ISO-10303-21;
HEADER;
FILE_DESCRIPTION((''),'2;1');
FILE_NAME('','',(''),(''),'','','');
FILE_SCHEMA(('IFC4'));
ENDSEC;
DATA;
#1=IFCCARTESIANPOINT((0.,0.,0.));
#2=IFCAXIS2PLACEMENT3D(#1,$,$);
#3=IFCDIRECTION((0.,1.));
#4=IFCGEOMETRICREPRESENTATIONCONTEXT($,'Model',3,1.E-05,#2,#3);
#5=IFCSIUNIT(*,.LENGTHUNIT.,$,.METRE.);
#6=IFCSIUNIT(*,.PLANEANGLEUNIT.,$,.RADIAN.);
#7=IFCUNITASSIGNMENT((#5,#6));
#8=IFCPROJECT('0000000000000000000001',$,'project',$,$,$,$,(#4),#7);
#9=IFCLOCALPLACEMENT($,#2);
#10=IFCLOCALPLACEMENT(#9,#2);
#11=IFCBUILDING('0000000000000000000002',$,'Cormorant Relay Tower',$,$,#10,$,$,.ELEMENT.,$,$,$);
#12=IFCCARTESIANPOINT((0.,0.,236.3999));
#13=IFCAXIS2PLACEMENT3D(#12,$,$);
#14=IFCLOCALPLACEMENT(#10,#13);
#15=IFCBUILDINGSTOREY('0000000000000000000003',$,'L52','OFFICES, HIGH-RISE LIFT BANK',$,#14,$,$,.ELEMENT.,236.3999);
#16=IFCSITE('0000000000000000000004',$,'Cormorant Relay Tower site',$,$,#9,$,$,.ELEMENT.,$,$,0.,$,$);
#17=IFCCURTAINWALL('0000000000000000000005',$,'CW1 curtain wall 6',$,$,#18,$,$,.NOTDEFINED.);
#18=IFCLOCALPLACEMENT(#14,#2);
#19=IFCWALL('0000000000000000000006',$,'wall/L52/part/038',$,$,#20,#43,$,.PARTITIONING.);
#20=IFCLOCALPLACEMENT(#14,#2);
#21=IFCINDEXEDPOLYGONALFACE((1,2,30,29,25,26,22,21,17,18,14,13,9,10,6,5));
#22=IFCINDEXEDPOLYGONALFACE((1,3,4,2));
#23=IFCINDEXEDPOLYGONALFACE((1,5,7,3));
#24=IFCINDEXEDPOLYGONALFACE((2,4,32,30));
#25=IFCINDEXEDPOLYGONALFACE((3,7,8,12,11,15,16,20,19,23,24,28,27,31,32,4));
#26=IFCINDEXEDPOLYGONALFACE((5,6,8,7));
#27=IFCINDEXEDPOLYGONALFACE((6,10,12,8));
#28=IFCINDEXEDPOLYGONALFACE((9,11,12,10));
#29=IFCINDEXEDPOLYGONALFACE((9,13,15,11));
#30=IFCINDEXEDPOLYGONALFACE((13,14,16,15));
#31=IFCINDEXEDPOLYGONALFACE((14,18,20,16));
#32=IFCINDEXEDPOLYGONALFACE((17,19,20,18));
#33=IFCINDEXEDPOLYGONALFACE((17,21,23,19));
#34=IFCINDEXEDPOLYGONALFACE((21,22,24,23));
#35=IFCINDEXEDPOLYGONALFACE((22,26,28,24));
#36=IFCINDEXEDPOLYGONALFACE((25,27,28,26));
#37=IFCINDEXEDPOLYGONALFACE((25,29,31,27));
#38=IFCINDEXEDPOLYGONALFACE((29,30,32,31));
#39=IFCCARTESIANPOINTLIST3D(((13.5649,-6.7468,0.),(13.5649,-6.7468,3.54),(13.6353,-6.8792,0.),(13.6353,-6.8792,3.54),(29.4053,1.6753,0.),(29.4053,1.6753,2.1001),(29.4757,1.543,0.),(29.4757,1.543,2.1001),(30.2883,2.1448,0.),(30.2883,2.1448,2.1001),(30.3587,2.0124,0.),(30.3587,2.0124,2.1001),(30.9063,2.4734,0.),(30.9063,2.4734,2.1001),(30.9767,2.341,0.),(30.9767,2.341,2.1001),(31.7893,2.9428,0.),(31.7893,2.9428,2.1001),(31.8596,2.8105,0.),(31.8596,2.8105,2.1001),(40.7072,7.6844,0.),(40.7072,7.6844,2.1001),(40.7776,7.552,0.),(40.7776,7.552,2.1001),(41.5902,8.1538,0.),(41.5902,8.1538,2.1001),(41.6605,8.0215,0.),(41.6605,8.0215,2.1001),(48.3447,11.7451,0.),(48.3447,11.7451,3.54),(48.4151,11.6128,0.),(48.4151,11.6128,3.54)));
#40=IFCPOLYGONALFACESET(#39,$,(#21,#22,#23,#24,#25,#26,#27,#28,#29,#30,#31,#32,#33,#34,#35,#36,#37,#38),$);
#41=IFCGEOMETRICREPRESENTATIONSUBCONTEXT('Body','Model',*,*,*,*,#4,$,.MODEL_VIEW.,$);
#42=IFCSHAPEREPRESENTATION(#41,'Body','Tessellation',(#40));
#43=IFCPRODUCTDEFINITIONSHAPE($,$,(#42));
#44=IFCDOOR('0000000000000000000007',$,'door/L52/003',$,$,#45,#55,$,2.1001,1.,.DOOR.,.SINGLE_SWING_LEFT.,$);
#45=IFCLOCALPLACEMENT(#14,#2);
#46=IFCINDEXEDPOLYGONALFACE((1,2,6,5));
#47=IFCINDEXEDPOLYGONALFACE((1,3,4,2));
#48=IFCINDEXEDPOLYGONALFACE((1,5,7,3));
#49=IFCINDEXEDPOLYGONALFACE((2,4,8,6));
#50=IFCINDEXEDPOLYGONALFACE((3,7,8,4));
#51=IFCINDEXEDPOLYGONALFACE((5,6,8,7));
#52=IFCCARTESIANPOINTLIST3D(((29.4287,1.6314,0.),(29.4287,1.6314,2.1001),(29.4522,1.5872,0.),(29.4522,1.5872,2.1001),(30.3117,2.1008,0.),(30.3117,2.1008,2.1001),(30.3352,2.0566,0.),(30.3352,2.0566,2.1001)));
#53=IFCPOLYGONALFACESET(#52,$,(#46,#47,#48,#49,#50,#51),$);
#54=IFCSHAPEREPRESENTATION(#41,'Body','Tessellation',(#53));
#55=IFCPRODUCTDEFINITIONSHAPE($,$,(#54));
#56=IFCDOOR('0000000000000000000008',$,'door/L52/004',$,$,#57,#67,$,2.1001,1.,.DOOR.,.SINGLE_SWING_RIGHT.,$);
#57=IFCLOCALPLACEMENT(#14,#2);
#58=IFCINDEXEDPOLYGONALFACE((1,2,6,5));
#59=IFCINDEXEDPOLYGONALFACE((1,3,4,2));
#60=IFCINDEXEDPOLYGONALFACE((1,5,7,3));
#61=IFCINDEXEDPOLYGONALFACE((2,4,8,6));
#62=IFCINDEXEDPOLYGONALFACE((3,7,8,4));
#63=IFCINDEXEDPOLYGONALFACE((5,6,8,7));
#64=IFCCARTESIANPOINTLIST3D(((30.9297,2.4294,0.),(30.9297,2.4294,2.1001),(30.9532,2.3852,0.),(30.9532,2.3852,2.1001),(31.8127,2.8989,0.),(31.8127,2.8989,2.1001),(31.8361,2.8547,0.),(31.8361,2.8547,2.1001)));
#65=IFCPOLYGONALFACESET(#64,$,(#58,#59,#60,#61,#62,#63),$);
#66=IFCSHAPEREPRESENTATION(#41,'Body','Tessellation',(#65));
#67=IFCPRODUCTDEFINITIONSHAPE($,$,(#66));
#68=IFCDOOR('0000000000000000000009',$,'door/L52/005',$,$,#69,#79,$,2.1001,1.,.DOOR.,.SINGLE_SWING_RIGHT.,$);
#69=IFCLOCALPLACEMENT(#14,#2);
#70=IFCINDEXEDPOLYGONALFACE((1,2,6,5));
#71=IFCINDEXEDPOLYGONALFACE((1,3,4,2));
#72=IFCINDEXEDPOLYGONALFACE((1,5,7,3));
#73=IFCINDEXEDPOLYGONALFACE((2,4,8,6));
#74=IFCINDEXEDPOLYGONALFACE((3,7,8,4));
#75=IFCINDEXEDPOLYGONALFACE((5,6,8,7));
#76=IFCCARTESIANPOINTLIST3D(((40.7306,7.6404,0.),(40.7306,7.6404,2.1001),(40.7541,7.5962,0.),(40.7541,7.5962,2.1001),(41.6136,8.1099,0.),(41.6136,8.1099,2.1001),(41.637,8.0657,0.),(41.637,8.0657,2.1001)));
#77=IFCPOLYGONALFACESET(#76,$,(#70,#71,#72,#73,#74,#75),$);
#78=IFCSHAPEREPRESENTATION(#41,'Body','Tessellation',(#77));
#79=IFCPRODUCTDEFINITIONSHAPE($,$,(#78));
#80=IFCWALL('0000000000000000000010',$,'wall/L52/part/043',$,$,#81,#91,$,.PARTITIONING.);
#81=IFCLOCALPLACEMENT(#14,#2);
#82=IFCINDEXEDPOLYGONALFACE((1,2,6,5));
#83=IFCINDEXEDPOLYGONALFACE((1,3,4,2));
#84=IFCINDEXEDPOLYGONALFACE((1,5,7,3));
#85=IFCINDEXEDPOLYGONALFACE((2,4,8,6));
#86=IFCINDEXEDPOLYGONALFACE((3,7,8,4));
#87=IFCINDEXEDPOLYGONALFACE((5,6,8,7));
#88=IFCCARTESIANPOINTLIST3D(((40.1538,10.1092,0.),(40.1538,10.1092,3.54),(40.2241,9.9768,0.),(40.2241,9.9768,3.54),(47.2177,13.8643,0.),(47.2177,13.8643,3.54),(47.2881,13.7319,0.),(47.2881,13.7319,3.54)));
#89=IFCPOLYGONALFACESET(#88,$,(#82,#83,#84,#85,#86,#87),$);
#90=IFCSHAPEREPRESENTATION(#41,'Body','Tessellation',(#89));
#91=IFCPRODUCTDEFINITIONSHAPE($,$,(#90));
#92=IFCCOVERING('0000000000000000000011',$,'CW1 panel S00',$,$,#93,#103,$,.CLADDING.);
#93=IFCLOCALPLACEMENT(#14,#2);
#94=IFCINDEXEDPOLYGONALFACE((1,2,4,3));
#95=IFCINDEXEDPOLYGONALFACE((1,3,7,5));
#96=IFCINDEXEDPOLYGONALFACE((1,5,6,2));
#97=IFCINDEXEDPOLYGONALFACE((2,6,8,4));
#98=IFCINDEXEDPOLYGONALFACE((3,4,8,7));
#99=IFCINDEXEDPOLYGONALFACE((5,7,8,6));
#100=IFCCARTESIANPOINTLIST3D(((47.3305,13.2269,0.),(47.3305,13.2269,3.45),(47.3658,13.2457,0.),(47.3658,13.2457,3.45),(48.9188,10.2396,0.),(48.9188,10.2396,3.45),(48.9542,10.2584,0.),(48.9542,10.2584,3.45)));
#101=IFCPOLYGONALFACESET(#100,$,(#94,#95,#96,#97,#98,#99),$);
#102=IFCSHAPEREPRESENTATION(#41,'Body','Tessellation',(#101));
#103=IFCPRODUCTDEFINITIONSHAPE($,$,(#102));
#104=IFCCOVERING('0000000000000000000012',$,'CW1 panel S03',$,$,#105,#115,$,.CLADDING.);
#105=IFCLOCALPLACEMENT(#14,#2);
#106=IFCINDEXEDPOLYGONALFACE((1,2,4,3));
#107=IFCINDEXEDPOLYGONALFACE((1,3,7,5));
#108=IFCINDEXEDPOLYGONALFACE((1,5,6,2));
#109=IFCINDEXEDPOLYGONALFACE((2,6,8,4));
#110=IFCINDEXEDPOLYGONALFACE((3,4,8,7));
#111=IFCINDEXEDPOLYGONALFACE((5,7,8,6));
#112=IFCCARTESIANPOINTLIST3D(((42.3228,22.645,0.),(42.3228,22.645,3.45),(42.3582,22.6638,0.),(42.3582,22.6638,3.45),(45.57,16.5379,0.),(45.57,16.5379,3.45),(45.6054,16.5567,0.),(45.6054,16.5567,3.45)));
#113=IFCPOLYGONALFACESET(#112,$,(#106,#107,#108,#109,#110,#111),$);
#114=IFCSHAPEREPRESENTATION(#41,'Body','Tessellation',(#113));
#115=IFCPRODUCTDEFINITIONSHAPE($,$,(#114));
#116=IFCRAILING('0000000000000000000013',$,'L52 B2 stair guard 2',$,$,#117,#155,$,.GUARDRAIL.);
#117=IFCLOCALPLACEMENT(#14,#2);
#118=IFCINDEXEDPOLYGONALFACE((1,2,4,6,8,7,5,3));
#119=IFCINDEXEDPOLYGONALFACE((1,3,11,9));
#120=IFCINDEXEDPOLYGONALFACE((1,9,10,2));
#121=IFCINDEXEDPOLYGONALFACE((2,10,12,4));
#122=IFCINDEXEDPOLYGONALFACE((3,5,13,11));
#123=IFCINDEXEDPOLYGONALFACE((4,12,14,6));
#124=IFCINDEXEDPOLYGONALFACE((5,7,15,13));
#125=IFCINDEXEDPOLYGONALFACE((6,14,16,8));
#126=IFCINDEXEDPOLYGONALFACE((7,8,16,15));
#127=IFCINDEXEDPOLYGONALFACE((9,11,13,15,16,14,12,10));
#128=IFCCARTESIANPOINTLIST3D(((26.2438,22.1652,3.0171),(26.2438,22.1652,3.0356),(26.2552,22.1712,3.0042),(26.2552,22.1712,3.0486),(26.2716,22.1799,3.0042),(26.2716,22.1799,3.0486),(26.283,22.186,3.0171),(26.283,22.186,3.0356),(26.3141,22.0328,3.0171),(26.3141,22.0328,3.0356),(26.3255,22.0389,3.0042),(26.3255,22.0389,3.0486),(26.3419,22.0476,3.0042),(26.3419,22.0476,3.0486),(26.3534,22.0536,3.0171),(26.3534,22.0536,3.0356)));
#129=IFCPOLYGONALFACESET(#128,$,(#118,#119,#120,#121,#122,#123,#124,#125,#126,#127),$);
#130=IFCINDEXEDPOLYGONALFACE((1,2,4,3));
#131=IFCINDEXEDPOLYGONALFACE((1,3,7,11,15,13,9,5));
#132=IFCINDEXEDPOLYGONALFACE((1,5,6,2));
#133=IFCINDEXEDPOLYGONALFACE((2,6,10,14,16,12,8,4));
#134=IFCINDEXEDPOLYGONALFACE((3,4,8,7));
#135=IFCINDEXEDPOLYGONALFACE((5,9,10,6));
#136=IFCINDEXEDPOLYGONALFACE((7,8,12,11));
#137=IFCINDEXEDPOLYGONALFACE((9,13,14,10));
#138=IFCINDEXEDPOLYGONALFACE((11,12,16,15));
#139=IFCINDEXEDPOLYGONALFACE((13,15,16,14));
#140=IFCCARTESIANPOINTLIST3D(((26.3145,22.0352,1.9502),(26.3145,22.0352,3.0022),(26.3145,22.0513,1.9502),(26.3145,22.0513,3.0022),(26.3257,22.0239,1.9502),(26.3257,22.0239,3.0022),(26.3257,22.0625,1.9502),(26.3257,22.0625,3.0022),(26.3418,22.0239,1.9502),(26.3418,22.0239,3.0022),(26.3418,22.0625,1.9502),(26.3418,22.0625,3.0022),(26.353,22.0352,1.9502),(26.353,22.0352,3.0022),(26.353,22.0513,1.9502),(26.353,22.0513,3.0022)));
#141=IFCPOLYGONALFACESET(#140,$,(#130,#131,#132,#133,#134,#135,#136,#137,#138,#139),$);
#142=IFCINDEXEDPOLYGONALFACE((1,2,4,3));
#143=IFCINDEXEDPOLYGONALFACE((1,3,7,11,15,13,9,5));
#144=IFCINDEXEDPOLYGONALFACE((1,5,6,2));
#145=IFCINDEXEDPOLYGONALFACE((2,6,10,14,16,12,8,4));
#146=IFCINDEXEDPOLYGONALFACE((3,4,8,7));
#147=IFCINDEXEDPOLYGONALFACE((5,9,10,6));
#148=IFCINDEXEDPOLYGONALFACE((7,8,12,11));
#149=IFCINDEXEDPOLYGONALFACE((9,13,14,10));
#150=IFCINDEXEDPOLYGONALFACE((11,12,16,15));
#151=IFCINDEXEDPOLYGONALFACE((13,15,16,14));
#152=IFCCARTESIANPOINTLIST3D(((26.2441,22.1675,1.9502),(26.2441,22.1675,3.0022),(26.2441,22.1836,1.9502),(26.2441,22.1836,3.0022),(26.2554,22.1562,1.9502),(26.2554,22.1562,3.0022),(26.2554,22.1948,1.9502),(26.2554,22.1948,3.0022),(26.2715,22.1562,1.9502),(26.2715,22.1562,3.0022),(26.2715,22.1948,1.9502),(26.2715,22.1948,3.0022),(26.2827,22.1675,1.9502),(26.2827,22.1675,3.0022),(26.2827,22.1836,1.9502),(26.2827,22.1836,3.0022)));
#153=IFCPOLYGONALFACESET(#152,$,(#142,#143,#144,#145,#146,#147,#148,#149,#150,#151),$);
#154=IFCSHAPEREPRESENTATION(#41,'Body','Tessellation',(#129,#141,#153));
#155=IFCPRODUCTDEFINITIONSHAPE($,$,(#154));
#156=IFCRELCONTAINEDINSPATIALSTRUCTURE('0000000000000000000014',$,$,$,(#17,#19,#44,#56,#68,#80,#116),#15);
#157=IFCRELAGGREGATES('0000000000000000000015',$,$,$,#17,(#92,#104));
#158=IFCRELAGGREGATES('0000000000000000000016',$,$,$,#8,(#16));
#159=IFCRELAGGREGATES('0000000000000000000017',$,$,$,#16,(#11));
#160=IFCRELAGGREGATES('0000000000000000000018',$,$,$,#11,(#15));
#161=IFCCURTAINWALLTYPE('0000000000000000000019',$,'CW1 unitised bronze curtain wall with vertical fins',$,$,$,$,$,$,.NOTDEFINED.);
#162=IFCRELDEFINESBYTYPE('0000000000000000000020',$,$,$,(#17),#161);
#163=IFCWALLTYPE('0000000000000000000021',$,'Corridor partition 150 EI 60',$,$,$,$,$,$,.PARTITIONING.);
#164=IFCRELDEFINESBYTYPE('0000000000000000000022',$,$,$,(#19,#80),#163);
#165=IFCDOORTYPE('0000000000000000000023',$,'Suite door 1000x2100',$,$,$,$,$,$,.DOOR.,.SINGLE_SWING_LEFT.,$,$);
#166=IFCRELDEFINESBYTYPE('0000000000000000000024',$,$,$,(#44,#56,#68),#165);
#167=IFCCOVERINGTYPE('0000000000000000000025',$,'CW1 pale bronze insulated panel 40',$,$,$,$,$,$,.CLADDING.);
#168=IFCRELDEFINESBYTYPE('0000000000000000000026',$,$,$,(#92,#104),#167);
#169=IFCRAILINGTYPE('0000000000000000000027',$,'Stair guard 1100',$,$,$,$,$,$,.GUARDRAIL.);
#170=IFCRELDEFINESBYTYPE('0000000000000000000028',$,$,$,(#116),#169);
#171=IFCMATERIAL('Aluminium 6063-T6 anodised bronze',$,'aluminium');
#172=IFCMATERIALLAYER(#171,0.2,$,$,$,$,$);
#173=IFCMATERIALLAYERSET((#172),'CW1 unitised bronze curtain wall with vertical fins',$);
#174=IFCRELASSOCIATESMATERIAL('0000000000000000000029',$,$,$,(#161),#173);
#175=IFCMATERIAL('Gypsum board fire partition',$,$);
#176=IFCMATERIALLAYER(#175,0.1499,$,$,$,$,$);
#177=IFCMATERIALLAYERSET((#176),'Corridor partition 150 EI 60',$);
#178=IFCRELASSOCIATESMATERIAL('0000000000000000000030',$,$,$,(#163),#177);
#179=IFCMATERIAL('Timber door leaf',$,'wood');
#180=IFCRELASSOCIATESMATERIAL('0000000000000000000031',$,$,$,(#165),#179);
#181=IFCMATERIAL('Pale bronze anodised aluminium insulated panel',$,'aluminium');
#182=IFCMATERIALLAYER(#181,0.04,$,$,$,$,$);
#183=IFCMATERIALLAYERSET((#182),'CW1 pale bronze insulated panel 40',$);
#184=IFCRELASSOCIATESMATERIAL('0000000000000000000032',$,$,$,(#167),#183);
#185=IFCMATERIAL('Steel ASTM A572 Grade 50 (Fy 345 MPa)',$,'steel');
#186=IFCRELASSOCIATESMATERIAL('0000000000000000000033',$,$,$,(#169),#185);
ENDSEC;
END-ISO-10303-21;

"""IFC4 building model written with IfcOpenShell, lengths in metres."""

from ifc_helpers import new_model, si_unit, direction, frame, frame_2d, origin, origin_2d, place, context, subcontext, project, spatial, polyline, rectangle, outline, extrude, material, layer, layer_set, type_object, element, fill, aggregate, save


model = new_model("IFC4")

# Units and contexts
model_context = context("Model", 3, precision=1e-05, world=origin(), true_north=direction((0.0, 1.0)))
body_context = subcontext(model_context, "Body", "Model", "MODEL_VIEW")
ifc_project = project(units=[si_unit("LENGTHUNIT", "METRE"), si_unit("PLANEANGLEUNIT", "RADIAN")], contexts=[model_context])

# Site, building, storey
site_placement = place(None, origin())
site = spatial("IfcSite", under=ifc_project, at=site_placement, Name="Cormorant Relay Tower site", CompositionType="ELEMENT", RefElevation=0.0)
building_placement = place(site_placement, origin())
building = spatial("IfcBuilding", under=site, at=building_placement, Name="Cormorant Relay Tower", CompositionType="ELEMENT")
storey_placement = place(building_placement, frame((0.0, 0.0, 236.3999)))
storey = spatial("IfcBuildingStorey", under=building, at=storey_placement, Name="L52", Description="OFFICES, HIGH-RISE LIFT BANK", CompositionType="ELEMENT", Elevation=236.3999)

# Curtain wall
ifc_material_1 = material(Name="Aluminium 6063-T6 anodised bronze", Category="aluminium")
ifc_layer_1 = layer(ifc_material_1, 0.2)
ifc_layer_set_1 = layer_set([ifc_layer_1], Name="CW1 unitised bronze curtain wall with vertical fins")
curtain_wall_type = type_object("IfcCurtainWallType", Name="CW1 unitised bronze curtain wall with vertical fins", PredefinedType="NOTDEFINED", material=ifc_layer_set_1)
curtain_wall_1_placement = place(storey_placement, origin())
curtain_wall_1 = element("IfcCurtainWall", 1, at=curtain_wall_1_placement, inside=storey, type_object=curtain_wall_type, Name="CW1 curtain wall 6", PredefinedType="NOTDEFINED")

# Wall, openings, doors
ifc_material_2 = material(Name="Gypsum board fire partition")
ifc_layer_2 = layer(ifc_material_2, 0.1499)
ifc_layer_set_2 = layer_set([ifc_layer_2], Name="Corridor partition 150 EI 60")
wall_type_1 = type_object("IfcWallType", Name="Corridor partition 150 EI 60", PredefinedType="PARTITIONING", material=ifc_layer_set_2)
wall_1_placement = place(storey_placement, frame((48.3799, 11.679, 0.0), z_axis=(0.0, 0.0, 1.0), x_axis=(-0.882956, -0.469456, 0.0)))
wall_1 = element("IfcWall", 2, at=wall_1_placement, inside=storey, type_object=wall_type_1, Name="wall/L52/part/038", PredefinedType="PARTITIONING", context=body_context, shape_type="SweptSolid", body=[
    extrude(rectangle(XDim=39.3901, YDim=0.1499, at=frame_2d((19.6951, 0.0))), origin(), (0.0, 0.0, 1.0), 3.54),
])
opening_1_placement = place(wall_1_placement, frame((20.45, 0.0, 0.0)))
opening_1 = element("IfcOpeningElement", 3, at=opening_1_placement, cuts=wall_1, PredefinedType="OPENING", context=body_context, shape_type="SweptSolid", body=[
    extrude(rectangle(XDim=1.0, YDim=2.1001, at=frame_2d((0.5, 1.05))), frame((0.0, 0.085, 0.0), z_axis=(0.0, -1.0, 0.0), x_axis=(1.0, 0.0, 0.0)), (0.0, 0.0, 1.0), 0.1699),
])
opening_2_placement = place(wall_1_placement, frame((18.75, 0.0, 0.0)))
opening_2 = element("IfcOpeningElement", 4, at=opening_2_placement, cuts=wall_1, PredefinedType="OPENING", context=body_context, shape_type="SweptSolid", body=[
    extrude(rectangle(XDim=1.0, YDim=2.1001, at=frame_2d((0.5, 1.05))), frame((0.0, 0.085, 0.0), z_axis=(0.0, -1.0, 0.0), x_axis=(1.0, 0.0, 0.0)), (0.0, 0.0, 1.0), 0.1699),
])
opening_3_placement = place(wall_1_placement, frame((7.6499, 0.0, 0.0)))
opening_3 = element("IfcOpeningElement", 5, at=opening_3_placement, cuts=wall_1, PredefinedType="OPENING", context=body_context, shape_type="SweptSolid", body=[
    extrude(rectangle(XDim=1.0, YDim=2.1001, at=frame_2d((0.5, 1.05))), frame((0.0, 0.085, 0.0), z_axis=(0.0, -1.0, 0.0), x_axis=(1.0, 0.0, 0.0)), (0.0, 0.0, 1.0), 0.1699),
])
ifc_material_3 = material(Name="Timber door leaf", Category="wood")
door_type_1 = type_object("IfcDoorType", Name="Suite door 1000x2100", OperationType="SINGLE_SWING_LEFT", PredefinedType="DOOR", material=ifc_material_3)
door_1_placement = place(opening_1_placement, origin())
door_1 = element("IfcDoor", 6, at=door_1_placement, inside=storey, type_object=door_type_1, Name="door/L52/003", OperationType="SINGLE_SWING_LEFT", OverallHeight=2.1001, OverallWidth=1.0, PredefinedType="DOOR", context=body_context, shape_type="SweptSolid", body=[
    extrude(rectangle(XDim=1.0, YDim=2.1001, at=frame_2d((0.5, 1.05))), frame((0.0, 0.0249, 0.0), z_axis=(0.0, -1.0, 0.0), x_axis=(1.0, 0.0, 0.0)), (0.0, 0.0, 1.0), 0.05),
])
fill(opening_1, door_1)
door_2_placement = place(opening_2_placement, origin())
door_2 = element("IfcDoor", 7, at=door_2_placement, inside=storey, type_object=door_type_1, Name="door/L52/004", OperationType="SINGLE_SWING_RIGHT", OverallHeight=2.1001, OverallWidth=1.0, PredefinedType="DOOR", context=body_context, shape_type="SweptSolid", body=[
    extrude(rectangle(XDim=1.0, YDim=2.1001, at=frame_2d((0.5, 1.05))), frame((0.0, 0.0249, 0.0), z_axis=(0.0, -1.0, 0.0), x_axis=(1.0, 0.0, 0.0)), (0.0, 0.0, 1.0), 0.05),
])
fill(opening_2, door_2)
door_3_placement = place(opening_3_placement, origin())
door_3 = element("IfcDoor", 8, at=door_3_placement, inside=storey, type_object=door_type_1, Name="door/L52/005", OperationType="SINGLE_SWING_RIGHT", OverallHeight=2.1001, OverallWidth=1.0, PredefinedType="DOOR", context=body_context, shape_type="SweptSolid", body=[
    extrude(rectangle(XDim=1.0, YDim=2.1001, at=frame_2d((0.5, 1.05))), frame((0.0, 0.0249, 0.0), z_axis=(0.0, -1.0, 0.0), x_axis=(1.0, 0.0, 0.0)), (0.0, 0.0, 1.0), 0.05),
])
fill(opening_3, door_3)

# Wall
wall_2_placement = place(storey_placement, frame((40.189, 10.043, 0.0), z_axis=(0.0, 0.0, 1.0), x_axis=(0.882992, 0.469389, 0.0)))
element("IfcWall", 9, at=wall_2_placement, inside=storey, type_object=wall_type_1, Name="wall/L52/part/043", PredefinedType="PARTITIONING", context=body_context, shape_type="SweptSolid", body=[
    extrude(rectangle(XDim=8.0, YDim=0.1499, at=frame_2d((4.0, 0.0))), origin(), (0.0, 0.0, 1.0), 3.54),
])

# Coverings
ifc_material_4 = material(Name="Pale bronze anodised aluminium insulated panel", Category="aluminium")
ifc_layer_3 = layer(ifc_material_4, 0.04)
ifc_layer_set_3 = layer_set([ifc_layer_3], Name="CW1 pale bronze insulated panel 40")
covering_type = type_object("IfcCoveringType", Name="CW1 pale bronze insulated panel 40", PredefinedType="CLADDING", material=ifc_layer_set_3)
covering_1_placement = place(storey_placement, frame((48.1423, 11.7427, 0.0), z_axis=(0.0, 0.0, 1.0), x_axis=(-0.469472, 0.882948, 0.0)))
covering_1 = element("IfcCovering", 10, at=covering_1_placement, type_object=covering_type, Name="CW1 panel S00", PredefinedType="CLADDING", context=body_context, shape_type="SweptSolid", body=[
    extrude(rectangle(XDim=3.3833, YDim=0.04, at=origin_2d()), origin(), (0.0, 0.0, 1.0), 3.45),
])
covering_2_placement = place(storey_placement, frame((43.9641, 19.6008, 0.0), z_axis=(0.0, 0.0, 1.0), x_axis=(-0.469472, 0.882948, 0.0)))
covering_2 = element("IfcCovering", 11, at=covering_2_placement, type_object=covering_type, Name="CW1 panel S03", PredefinedType="CLADDING", context=body_context, shape_type="SweptSolid", body=[
    extrude(rectangle(XDim=6.9167, YDim=0.04, at=origin_2d()), origin(), (0.0, 0.0, 1.0), 3.45),
])
aggregate(curtain_wall_1, [covering_1, covering_2])

# Railing
ifc_material_5 = material(Name="Steel ASTM A572 Grade 50 (Fy 345 MPa)", Category="steel")
railing_type = type_object("IfcRailingType", Name="Stair guard 1100", PredefinedType="GUARDRAIL", material=ifc_material_5)
railing_1_placement = place(storey_placement, frame((26.3337, 22.0432, 1.9502)))
element("IfcRailing", 12, at=railing_1_placement, inside=storey, type_object=railing_type, Name="L52 B2 stair guard 2", PredefinedType="GUARDRAIL", context=body_context, shape_type="SweptSolid", body=[
    extrude(outline(polyline([(0.0222, 0.0093), (0.0093, 0.0222), (-0.0093, 0.0222), (-0.0222, 0.0093), (-0.0222, -0.0093), (-0.0093, -0.0222), (0.0093, -0.0222), (0.0222, -0.0093), (0.0222, 0.0093)])), frame((0.0, 0.0, 1.0762), z_axis=(-0.469235, 0.883074, 0.0), x_axis=(-0.883074, -0.469235, 0.0)), (0.0, 0.0, 1.0), 0.1499),
    extrude(outline(polyline([(0.0193, 0.0081), (0.0081, 0.0193), (-0.0081, 0.0193), (-0.0193, 0.0081), (-0.0193, -0.0081), (-0.0081, -0.0193), (0.0081, -0.0193), (0.0193, -0.0081), (0.0193, 0.0081)])), origin(), (0.0, 0.0, 1.0), 1.052),
    extrude(outline(polyline([(0.0193, 0.0081), (0.0081, 0.0193), (-0.0081, 0.0193), (-0.0193, 0.0081), (-0.0193, -0.0081), (-0.0081, -0.0193), (0.0081, -0.0193), (0.0193, -0.0081), (0.0193, 0.0081)])), frame((-0.0703, 0.1323, 0.0)), (0.0, 0.0, 1.0), 1.052),
])

save(model, "model.ifc")
